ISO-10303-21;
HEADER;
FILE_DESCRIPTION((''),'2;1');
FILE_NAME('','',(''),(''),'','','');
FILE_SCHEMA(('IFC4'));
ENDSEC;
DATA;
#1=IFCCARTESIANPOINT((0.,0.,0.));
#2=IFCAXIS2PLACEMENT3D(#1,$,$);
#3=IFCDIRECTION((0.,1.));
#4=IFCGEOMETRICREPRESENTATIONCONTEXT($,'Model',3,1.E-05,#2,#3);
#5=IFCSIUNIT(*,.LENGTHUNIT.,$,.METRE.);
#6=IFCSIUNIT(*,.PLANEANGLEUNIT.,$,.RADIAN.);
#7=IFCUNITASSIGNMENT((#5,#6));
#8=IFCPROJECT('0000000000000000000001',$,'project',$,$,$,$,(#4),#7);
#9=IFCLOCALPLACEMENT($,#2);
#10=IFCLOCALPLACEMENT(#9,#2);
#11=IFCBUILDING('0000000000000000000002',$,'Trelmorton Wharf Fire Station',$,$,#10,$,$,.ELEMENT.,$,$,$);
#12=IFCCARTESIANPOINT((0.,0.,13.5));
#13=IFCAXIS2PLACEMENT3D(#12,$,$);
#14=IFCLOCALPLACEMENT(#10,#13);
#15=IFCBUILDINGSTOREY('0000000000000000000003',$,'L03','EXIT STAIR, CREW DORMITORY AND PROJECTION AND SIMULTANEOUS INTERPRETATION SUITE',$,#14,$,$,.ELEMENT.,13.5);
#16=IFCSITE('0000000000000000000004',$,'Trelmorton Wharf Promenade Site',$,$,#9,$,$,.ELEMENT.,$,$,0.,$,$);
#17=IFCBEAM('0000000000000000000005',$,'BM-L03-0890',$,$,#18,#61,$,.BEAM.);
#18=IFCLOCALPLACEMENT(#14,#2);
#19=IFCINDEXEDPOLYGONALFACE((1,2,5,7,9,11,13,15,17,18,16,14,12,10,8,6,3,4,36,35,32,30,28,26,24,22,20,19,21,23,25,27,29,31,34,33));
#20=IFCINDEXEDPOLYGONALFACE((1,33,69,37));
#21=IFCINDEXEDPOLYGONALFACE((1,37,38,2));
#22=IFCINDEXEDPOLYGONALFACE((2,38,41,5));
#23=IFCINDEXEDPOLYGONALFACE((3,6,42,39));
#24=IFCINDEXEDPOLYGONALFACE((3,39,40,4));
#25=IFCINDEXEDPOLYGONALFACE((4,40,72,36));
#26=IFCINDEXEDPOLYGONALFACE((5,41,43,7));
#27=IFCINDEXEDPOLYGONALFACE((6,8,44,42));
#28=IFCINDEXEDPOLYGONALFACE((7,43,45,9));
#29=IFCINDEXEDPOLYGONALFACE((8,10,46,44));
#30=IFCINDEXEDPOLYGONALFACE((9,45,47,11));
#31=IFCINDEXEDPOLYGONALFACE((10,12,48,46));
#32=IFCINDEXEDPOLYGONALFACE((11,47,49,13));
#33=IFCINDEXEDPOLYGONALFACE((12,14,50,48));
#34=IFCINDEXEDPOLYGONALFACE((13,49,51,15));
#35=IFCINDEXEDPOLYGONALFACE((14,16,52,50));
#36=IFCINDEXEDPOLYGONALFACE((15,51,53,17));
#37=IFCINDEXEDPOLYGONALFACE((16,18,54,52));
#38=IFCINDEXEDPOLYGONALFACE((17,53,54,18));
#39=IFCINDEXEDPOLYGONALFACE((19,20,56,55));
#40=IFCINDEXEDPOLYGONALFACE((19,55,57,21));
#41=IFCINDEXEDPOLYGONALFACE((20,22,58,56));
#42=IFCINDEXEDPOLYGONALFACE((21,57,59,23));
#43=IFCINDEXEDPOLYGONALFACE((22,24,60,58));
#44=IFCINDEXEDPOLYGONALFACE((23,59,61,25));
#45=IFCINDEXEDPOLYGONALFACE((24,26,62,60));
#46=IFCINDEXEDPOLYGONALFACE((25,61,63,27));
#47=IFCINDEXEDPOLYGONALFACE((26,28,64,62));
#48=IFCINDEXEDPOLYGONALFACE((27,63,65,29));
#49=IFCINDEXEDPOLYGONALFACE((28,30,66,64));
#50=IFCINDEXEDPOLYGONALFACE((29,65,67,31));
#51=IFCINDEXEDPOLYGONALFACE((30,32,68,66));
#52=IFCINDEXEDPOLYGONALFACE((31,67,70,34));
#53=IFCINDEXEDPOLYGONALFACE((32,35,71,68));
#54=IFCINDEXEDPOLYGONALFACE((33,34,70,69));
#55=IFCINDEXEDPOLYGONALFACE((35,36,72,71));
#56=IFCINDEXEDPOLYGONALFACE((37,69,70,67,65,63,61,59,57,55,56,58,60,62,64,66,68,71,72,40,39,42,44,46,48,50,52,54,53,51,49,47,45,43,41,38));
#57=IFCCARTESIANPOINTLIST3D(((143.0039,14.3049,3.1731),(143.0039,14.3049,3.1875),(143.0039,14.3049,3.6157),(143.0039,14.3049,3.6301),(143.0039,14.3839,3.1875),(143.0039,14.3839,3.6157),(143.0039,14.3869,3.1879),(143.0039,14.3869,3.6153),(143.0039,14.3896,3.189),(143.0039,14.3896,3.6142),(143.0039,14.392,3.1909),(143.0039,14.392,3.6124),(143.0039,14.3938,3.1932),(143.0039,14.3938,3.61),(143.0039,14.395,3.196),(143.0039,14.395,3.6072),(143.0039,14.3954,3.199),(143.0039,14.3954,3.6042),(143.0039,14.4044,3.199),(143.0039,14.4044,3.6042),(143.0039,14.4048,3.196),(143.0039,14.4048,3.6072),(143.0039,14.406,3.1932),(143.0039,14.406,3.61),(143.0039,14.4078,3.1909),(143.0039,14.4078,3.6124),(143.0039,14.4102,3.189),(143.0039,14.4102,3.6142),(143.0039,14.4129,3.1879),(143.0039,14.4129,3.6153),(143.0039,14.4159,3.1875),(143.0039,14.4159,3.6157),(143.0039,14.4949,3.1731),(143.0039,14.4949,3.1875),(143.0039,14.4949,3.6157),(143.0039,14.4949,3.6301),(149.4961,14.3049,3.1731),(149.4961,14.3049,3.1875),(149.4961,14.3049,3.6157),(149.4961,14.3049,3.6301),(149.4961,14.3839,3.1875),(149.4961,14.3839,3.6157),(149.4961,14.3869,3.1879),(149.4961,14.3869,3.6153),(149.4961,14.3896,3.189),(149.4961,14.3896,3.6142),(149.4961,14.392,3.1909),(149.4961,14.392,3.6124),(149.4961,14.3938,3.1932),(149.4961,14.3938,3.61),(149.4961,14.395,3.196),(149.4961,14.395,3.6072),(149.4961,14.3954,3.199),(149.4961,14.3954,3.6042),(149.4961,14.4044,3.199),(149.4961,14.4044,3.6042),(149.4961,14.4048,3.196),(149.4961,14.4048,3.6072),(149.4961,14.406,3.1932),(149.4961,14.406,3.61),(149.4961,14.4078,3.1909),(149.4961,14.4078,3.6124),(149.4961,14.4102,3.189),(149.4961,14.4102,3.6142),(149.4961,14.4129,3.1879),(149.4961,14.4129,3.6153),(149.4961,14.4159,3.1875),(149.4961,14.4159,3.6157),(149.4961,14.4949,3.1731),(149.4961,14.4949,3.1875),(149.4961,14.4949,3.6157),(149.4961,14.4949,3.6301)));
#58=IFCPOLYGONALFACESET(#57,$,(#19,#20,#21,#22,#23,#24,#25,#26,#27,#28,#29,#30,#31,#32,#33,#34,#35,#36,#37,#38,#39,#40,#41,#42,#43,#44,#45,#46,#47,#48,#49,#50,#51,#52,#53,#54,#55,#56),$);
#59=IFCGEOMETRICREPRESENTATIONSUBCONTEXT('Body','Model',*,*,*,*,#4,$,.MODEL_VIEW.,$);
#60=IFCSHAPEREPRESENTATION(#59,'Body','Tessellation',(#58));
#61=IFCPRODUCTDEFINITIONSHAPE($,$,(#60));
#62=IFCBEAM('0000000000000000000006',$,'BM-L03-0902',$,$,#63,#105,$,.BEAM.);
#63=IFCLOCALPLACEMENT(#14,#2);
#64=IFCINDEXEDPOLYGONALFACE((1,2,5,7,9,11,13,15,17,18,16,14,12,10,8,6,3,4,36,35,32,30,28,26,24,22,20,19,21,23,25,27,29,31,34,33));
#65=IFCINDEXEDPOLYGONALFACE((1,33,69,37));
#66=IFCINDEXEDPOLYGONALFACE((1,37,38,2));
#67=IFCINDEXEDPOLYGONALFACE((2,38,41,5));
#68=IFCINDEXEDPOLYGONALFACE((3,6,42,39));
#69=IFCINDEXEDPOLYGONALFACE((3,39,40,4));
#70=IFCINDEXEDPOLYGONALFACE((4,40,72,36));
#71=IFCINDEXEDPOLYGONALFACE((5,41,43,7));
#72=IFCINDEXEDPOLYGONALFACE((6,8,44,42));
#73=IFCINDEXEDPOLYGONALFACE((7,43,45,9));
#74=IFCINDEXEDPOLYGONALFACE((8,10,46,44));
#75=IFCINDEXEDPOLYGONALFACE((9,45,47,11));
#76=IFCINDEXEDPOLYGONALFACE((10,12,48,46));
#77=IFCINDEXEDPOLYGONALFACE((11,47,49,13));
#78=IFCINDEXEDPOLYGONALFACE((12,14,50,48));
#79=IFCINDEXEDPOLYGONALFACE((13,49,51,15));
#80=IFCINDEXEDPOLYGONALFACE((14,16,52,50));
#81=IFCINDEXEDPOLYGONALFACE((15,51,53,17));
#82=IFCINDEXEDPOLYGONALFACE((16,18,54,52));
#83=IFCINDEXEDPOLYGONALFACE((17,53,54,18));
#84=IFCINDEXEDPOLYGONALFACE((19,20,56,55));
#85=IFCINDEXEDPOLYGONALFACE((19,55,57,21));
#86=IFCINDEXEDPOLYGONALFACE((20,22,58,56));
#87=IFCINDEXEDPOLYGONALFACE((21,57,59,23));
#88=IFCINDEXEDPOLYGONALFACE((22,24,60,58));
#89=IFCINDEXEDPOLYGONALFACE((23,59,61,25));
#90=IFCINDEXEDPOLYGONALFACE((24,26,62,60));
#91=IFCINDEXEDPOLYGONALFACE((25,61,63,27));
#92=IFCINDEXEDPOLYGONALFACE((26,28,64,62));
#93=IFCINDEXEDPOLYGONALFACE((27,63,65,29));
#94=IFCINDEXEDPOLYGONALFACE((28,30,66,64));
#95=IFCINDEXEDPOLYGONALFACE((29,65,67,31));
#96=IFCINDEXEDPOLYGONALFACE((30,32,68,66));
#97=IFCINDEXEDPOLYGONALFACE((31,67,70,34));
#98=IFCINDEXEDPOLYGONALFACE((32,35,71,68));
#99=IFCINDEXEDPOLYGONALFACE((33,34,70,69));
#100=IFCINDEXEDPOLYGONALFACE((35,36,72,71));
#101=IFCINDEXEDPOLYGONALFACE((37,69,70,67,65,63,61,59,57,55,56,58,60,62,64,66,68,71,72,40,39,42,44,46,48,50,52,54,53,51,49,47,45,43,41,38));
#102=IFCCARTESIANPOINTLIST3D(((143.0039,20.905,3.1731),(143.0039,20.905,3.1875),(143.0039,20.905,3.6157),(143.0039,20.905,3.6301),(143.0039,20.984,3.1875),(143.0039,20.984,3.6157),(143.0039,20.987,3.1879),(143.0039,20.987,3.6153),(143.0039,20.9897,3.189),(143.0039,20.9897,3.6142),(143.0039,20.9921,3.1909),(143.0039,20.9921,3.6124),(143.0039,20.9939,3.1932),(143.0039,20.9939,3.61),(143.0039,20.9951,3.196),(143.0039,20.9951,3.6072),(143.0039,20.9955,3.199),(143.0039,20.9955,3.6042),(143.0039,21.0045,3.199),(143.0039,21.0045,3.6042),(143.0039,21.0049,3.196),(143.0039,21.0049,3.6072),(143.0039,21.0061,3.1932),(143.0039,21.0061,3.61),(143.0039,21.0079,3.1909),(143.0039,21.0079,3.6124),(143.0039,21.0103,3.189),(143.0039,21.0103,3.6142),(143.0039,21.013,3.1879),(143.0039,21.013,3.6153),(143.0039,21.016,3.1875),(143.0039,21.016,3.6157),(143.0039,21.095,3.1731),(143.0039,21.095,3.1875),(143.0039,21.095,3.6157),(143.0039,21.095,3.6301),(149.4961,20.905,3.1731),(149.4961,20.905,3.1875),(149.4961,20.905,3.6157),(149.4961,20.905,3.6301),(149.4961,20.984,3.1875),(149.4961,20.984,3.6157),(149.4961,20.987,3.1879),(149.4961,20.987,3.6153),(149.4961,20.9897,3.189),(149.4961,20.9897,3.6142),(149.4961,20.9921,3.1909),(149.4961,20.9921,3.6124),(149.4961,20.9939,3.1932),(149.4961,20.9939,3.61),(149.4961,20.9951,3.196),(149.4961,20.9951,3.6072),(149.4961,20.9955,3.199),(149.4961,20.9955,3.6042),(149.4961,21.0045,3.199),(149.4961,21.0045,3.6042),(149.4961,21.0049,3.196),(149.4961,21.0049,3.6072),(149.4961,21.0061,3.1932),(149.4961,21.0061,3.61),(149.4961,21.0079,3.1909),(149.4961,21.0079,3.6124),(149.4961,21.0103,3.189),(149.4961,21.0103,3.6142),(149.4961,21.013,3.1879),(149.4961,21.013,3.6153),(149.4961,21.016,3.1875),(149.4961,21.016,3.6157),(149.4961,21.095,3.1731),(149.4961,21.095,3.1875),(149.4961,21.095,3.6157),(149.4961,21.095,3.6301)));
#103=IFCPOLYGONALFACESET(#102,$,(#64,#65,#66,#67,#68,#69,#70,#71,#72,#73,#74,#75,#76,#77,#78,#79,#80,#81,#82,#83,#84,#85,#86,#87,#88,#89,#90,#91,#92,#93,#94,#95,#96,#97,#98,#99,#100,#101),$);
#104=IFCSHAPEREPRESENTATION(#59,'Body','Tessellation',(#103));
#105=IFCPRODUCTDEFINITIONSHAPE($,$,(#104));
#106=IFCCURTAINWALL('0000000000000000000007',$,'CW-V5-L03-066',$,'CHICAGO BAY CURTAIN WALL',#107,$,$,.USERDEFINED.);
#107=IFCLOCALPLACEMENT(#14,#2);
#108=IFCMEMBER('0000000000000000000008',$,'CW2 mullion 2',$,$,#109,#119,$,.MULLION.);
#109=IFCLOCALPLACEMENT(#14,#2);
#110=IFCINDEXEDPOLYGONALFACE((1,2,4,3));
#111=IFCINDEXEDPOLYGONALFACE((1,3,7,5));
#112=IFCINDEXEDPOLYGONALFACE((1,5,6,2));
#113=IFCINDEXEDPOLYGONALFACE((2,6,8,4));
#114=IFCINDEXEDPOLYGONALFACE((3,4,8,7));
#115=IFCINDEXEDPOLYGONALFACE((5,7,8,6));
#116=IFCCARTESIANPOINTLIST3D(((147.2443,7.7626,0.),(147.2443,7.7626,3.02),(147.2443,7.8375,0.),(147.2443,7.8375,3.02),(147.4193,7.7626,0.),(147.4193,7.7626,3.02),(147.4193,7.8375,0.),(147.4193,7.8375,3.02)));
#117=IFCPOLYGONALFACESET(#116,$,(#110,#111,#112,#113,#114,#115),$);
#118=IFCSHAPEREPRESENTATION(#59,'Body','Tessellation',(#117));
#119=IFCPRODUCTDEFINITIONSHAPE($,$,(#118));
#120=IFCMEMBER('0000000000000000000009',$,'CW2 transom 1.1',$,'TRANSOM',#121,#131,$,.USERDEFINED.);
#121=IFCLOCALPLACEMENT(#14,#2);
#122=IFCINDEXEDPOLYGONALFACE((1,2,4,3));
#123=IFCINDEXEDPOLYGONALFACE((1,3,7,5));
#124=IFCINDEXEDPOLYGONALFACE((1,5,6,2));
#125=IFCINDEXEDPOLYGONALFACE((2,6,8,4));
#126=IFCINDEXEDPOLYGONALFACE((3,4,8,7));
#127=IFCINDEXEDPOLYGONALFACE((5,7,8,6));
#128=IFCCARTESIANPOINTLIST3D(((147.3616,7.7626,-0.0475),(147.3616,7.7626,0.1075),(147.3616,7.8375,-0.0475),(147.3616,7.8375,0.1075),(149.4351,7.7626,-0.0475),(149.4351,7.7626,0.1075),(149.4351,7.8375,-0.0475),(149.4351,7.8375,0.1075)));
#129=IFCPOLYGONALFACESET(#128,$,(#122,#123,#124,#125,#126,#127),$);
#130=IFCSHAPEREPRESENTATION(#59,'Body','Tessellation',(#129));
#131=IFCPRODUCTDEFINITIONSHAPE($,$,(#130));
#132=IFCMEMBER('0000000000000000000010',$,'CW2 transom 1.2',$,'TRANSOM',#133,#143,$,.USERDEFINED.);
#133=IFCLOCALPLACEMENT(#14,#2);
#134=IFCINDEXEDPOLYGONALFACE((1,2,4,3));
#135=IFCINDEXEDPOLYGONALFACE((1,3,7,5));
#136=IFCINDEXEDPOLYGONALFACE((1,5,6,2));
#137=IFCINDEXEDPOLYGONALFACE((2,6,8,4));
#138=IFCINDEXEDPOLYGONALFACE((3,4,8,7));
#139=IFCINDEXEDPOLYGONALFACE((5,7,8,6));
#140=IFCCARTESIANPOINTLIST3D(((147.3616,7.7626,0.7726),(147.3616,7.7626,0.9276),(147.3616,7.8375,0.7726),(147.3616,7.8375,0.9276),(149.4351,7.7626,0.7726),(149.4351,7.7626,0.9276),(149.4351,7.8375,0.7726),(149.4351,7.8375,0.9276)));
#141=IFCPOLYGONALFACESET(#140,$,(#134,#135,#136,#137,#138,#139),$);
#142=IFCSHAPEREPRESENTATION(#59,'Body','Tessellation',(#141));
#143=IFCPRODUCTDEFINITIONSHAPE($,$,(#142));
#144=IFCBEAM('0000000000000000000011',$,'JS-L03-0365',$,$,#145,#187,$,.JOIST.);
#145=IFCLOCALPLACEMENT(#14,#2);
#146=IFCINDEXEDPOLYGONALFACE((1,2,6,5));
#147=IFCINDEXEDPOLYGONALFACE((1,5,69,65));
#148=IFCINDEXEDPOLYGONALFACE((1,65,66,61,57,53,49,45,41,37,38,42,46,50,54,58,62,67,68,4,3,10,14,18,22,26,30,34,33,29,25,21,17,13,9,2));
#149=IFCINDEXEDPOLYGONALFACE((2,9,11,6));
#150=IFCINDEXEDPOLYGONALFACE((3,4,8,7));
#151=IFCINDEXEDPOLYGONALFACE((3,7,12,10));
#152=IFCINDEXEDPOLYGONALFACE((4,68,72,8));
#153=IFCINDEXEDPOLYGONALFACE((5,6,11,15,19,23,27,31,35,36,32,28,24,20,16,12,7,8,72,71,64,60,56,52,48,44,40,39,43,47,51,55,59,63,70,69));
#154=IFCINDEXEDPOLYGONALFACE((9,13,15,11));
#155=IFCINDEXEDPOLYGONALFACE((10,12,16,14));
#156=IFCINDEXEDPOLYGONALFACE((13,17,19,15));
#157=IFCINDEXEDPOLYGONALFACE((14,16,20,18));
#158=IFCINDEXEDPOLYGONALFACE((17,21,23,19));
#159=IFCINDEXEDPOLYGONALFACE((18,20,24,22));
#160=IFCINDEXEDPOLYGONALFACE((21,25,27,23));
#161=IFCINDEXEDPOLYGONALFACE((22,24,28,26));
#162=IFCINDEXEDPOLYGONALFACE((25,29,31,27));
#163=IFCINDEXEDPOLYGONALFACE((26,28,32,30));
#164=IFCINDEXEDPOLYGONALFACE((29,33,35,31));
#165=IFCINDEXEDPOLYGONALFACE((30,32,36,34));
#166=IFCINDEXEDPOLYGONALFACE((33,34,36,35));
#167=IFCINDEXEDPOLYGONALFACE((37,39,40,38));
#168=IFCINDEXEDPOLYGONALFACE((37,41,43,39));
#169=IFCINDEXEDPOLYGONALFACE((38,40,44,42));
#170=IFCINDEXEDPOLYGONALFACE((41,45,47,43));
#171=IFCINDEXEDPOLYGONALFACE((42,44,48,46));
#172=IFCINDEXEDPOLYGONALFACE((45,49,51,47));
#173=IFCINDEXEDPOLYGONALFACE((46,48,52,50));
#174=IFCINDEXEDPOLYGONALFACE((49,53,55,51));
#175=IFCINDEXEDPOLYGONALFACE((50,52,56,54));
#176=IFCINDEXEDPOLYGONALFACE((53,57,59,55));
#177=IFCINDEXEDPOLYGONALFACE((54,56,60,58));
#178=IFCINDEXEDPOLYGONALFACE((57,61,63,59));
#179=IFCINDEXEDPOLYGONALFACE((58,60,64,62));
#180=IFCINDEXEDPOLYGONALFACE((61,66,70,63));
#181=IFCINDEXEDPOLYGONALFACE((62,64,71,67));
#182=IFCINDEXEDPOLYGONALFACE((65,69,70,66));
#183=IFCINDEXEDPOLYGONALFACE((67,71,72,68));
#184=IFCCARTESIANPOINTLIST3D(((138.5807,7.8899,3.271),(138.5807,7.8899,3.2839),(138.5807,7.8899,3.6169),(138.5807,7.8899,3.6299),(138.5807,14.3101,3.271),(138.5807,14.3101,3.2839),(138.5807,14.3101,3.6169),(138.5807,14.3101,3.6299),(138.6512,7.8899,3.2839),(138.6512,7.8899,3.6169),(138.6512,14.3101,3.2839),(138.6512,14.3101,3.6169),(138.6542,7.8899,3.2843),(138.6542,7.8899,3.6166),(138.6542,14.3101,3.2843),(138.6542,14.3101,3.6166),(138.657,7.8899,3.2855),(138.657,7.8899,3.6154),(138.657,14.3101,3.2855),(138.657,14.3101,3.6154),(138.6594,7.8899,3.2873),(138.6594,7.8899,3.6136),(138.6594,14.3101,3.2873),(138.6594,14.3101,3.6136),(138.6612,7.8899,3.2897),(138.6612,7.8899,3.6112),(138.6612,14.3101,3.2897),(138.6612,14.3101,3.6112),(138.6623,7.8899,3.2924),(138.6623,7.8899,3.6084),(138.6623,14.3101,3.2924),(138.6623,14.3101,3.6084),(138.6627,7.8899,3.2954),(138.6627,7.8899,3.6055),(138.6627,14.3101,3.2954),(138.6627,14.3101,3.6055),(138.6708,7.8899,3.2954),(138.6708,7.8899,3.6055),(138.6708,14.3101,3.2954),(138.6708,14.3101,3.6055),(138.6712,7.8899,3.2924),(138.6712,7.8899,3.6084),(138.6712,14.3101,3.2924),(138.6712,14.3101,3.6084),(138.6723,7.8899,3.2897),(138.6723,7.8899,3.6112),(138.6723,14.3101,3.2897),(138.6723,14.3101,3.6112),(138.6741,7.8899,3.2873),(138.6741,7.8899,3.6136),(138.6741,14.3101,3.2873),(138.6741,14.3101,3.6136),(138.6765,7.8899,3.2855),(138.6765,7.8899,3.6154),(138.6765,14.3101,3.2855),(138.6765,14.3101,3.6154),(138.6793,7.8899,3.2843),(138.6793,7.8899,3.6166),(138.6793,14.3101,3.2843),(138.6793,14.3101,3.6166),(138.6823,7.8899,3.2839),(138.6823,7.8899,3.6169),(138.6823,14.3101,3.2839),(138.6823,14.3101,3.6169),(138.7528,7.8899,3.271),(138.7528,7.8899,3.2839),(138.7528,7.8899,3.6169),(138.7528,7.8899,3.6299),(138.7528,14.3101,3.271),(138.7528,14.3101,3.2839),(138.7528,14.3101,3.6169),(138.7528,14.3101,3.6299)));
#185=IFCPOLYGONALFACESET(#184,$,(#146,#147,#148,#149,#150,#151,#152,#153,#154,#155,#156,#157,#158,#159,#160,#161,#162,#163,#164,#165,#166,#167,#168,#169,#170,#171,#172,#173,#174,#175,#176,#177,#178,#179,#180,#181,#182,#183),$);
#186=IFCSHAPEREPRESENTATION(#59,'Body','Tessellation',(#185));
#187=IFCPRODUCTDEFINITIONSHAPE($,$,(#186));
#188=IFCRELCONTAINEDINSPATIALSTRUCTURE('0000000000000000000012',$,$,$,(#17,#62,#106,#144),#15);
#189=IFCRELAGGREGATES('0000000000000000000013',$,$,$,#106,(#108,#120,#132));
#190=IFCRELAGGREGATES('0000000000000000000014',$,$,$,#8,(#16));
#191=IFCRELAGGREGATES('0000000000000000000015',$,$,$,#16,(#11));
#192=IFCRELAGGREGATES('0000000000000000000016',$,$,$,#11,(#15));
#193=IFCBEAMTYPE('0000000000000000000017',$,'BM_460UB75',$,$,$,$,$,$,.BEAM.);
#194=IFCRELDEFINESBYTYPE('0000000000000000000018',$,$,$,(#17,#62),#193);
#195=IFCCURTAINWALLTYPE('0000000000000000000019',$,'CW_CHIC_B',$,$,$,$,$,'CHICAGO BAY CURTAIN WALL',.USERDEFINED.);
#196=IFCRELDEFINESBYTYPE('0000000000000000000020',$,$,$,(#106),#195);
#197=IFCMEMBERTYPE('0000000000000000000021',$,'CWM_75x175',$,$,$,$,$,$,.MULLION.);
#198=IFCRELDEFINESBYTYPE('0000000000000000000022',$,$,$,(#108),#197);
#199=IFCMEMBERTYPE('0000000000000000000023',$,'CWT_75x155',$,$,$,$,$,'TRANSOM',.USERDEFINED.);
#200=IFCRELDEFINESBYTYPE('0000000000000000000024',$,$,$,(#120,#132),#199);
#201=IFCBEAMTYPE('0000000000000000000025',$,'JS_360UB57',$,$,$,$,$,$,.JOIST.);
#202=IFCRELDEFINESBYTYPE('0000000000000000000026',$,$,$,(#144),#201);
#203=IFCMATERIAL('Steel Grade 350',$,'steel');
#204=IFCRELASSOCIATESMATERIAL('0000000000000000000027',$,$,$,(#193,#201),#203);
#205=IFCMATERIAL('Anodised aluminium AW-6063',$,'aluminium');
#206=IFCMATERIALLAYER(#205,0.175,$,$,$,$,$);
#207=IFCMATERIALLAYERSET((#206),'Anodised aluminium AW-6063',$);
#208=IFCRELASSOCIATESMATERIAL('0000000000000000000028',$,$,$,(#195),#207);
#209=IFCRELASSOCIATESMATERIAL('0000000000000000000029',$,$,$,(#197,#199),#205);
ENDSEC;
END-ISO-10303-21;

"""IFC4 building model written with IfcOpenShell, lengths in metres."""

from ifc_helpers import new_model, si_unit, direction, frame, origin, origin_2d, place, context, subcontext, project, spatial, rectangle, i_section, extrude, material, layer, layer_set, material_profile, profile_set, type_object, element, aggregate, save


model = new_model("IFC4")

# Units and contexts
model_context = context("Model", 3, precision=1e-05, world=origin(), true_north=direction((0.0, 1.0)))
body_context = subcontext(model_context, "Body", "Model", "MODEL_VIEW")
ifc_project = project(units=[si_unit("LENGTHUNIT", "METRE"), si_unit("PLANEANGLEUNIT", "RADIAN")], contexts=[model_context])

# Site, building, storey
site_placement = place(None, origin())
site = spatial("IfcSite", under=ifc_project, at=site_placement, Name="Trelmorton Wharf Promenade Site", CompositionType="ELEMENT", RefElevation=0.0)
building_placement = place(site_placement, origin())
building = spatial("IfcBuilding", under=site, at=building_placement, Name="Trelmorton Wharf Fire Station", CompositionType="ELEMENT")
storey_placement = place(building_placement, frame((0.0, 0.0, 13.5)))
storey = spatial("IfcBuildingStorey", under=building, at=storey_placement, Name="L03", Description="EXIT STAIR, CREW DORMITORY AND PROJECTION AND SIMULTANEOUS INTERPRETATION SUITE", CompositionType="ELEMENT", Elevation=13.5)

# Shared definitions
ifc_material_1 = material(Name="Steel Grade 350", Category="steel")

# Beams
ifc_material_profile_1 = material_profile(ifc_material_1, i_section(OverallWidth=0.1899, OverallDepth=0.457, WebThickness=0.009, FlangeThickness=0.0144, FilletRadius=0.0115, at=origin_2d()), Name="460UB74.6")
ifc_profile_set_1 = profile_set([ifc_material_profile_1], Name="Steel Grade 350")
beam_type_1 = type_object("IfcBeamType", Name="BM_460UB75", PredefinedType="BEAM", material=ifc_profile_set_1)
for number, where, z_axis, x_axis, name in (
    (1, (143.0039, 14.3999, 3.4016), (1.0, 0.0, 0.0), (0.0, 1.0, 0.0), "BM-L03-0890"),
    (2, (143.0039, 21.0, 3.4016), (1.0, 0.0, 0.0), (0.0, 1.0, 0.0), "BM-L03-0902"),
):
    element("IfcBeam", number, at=place(storey_placement, frame(where, z_axis=z_axis, x_axis=x_axis)), inside=storey, type_object=beam_type_1, Name=name, PredefinedType="BEAM", context=body_context, shape_type="SweptSolid", body=[
        extrude(i_section(OverallWidth=0.1899, OverallDepth=0.457, WebThickness=0.009, FlangeThickness=0.0144, FilletRadius=0.0115, at=origin_2d()), origin(), (0.0, 0.0, 1.0), 6.4922),
    ])

# Curtain wall, members
ifc_material_2 = material(Name="Anodised aluminium AW-6063", Category="aluminium")
ifc_layer_1 = layer(ifc_material_2, 0.175)
ifc_layer_set_1 = layer_set([ifc_layer_1], Name="Anodised aluminium AW-6063")
curtain_wall_type = type_object("IfcCurtainWallType", Name="CW_CHIC_B", ElementType="CHICAGO BAY CURTAIN WALL", PredefinedType="USERDEFINED", material=ifc_layer_set_1)
curtain_wall_placement = place(storey_placement, origin())
curtain_wall = element("IfcCurtainWall", 3, at=curtain_wall_placement, inside=storey, type_object=curtain_wall_type, Name="CW-V5-L03-066", ObjectType="CHICAGO BAY CURTAIN WALL", PredefinedType="USERDEFINED")
ifc_material_profile_2 = material_profile(ifc_material_2, rectangle(XDim=0.075, YDim=0.175, at=origin_2d()), Name="ALU-75x175")
ifc_profile_set_2 = profile_set([ifc_material_profile_2], Name="Anodised aluminium AW-6063")
member_type_1 = type_object("IfcMemberType", Name="CWM_75x175", PredefinedType="MULLION", material=ifc_profile_set_2)
member_1_placement = place(storey_placement, frame((147.3318, 7.8, 0.0), z_axis=(0.0, 0.0, 1.0), x_axis=(0.0, -1.0, 0.0)))
member_1 = element("IfcMember", 4, at=member_1_placement, type_object=member_type_1, Name="CW2 mullion 2", PredefinedType="MULLION", context=body_context, shape_type="SweptSolid", body=[
    extrude(rectangle(XDim=0.075, YDim=0.175, at=origin_2d()), origin(), (0.0, 0.0, 1.0), 3.02),
])
ifc_material_profile_3 = material_profile(ifc_material_2, rectangle(XDim=0.075, YDim=0.155, at=origin_2d()), Name="ALU-75x155")
ifc_profile_set_3 = profile_set([ifc_material_profile_3], Name="Anodised aluminium AW-6063")
member_type_2 = type_object("IfcMemberType", Name="CWT_75x155", ElementType="TRANSOM", PredefinedType="USERDEFINED", material=ifc_profile_set_3)
member_2_placement = place(storey_placement, frame((149.4351, 7.8, 0.03), z_axis=(-1.0, 0.0, 0.0), x_axis=(0.0, -1.0, 0.0)))
member_2 = element("IfcMember", 5, at=member_2_placement, type_object=member_type_2, Name="CW2 transom 1.1", ObjectType="TRANSOM", PredefinedType="USERDEFINED", context=body_context, shape_type="SweptSolid", body=[
    extrude(rectangle(XDim=0.075, YDim=0.155, at=origin_2d()), origin(), (0.0, 0.0, 1.0), 2.0735),
])
member_3_placement = place(storey_placement, frame((149.4351, 7.8, 0.8501), z_axis=(-1.0, 0.0, 0.0), x_axis=(0.0, -1.0, 0.0)))
member_3 = element("IfcMember", 6, at=member_3_placement, type_object=member_type_2, Name="CW2 transom 1.2", ObjectType="TRANSOM", PredefinedType="USERDEFINED", context=body_context, shape_type="SweptSolid", body=[
    extrude(rectangle(XDim=0.075, YDim=0.155, at=origin_2d()), origin(), (0.0, 0.0, 1.0), 2.0735),
])

# Beam
ifc_material_profile_4 = material_profile(ifc_material_1, i_section(OverallWidth=0.1721, OverallDepth=0.3589, WebThickness=0.0081, FlangeThickness=0.0129, FilletRadius=0.0115, at=origin_2d()), Name="360UB56.7")
ifc_profile_set_4 = profile_set([ifc_material_profile_4], Name="Steel Grade 350")
beam_type_2 = type_object("IfcBeamType", Name="JS_360UB57", PredefinedType="JOIST", material=ifc_profile_set_4)
for number, where, z_axis, x_axis, name in (
    (7, (138.6667, 7.8899, 3.4504), (0.0, 1.0, 0.0), (-1.0, 0.0, 0.0), "JS-L03-0365"),
):
    element("IfcBeam", number, at=place(storey_placement, frame(where, z_axis=z_axis, x_axis=x_axis)), inside=storey, type_object=beam_type_2, Name=name, PredefinedType="JOIST", context=body_context, shape_type="SweptSolid", body=[
        extrude(i_section(OverallWidth=0.1721, OverallDepth=0.3589, WebThickness=0.0081, FlangeThickness=0.0129, FilletRadius=0.0115, at=origin_2d()), origin(), (0.0, 0.0, 1.0), 6.4202),
    ])

aggregate(curtain_wall, [member_1, member_2, member_3])

save(model, "model.ifc")
